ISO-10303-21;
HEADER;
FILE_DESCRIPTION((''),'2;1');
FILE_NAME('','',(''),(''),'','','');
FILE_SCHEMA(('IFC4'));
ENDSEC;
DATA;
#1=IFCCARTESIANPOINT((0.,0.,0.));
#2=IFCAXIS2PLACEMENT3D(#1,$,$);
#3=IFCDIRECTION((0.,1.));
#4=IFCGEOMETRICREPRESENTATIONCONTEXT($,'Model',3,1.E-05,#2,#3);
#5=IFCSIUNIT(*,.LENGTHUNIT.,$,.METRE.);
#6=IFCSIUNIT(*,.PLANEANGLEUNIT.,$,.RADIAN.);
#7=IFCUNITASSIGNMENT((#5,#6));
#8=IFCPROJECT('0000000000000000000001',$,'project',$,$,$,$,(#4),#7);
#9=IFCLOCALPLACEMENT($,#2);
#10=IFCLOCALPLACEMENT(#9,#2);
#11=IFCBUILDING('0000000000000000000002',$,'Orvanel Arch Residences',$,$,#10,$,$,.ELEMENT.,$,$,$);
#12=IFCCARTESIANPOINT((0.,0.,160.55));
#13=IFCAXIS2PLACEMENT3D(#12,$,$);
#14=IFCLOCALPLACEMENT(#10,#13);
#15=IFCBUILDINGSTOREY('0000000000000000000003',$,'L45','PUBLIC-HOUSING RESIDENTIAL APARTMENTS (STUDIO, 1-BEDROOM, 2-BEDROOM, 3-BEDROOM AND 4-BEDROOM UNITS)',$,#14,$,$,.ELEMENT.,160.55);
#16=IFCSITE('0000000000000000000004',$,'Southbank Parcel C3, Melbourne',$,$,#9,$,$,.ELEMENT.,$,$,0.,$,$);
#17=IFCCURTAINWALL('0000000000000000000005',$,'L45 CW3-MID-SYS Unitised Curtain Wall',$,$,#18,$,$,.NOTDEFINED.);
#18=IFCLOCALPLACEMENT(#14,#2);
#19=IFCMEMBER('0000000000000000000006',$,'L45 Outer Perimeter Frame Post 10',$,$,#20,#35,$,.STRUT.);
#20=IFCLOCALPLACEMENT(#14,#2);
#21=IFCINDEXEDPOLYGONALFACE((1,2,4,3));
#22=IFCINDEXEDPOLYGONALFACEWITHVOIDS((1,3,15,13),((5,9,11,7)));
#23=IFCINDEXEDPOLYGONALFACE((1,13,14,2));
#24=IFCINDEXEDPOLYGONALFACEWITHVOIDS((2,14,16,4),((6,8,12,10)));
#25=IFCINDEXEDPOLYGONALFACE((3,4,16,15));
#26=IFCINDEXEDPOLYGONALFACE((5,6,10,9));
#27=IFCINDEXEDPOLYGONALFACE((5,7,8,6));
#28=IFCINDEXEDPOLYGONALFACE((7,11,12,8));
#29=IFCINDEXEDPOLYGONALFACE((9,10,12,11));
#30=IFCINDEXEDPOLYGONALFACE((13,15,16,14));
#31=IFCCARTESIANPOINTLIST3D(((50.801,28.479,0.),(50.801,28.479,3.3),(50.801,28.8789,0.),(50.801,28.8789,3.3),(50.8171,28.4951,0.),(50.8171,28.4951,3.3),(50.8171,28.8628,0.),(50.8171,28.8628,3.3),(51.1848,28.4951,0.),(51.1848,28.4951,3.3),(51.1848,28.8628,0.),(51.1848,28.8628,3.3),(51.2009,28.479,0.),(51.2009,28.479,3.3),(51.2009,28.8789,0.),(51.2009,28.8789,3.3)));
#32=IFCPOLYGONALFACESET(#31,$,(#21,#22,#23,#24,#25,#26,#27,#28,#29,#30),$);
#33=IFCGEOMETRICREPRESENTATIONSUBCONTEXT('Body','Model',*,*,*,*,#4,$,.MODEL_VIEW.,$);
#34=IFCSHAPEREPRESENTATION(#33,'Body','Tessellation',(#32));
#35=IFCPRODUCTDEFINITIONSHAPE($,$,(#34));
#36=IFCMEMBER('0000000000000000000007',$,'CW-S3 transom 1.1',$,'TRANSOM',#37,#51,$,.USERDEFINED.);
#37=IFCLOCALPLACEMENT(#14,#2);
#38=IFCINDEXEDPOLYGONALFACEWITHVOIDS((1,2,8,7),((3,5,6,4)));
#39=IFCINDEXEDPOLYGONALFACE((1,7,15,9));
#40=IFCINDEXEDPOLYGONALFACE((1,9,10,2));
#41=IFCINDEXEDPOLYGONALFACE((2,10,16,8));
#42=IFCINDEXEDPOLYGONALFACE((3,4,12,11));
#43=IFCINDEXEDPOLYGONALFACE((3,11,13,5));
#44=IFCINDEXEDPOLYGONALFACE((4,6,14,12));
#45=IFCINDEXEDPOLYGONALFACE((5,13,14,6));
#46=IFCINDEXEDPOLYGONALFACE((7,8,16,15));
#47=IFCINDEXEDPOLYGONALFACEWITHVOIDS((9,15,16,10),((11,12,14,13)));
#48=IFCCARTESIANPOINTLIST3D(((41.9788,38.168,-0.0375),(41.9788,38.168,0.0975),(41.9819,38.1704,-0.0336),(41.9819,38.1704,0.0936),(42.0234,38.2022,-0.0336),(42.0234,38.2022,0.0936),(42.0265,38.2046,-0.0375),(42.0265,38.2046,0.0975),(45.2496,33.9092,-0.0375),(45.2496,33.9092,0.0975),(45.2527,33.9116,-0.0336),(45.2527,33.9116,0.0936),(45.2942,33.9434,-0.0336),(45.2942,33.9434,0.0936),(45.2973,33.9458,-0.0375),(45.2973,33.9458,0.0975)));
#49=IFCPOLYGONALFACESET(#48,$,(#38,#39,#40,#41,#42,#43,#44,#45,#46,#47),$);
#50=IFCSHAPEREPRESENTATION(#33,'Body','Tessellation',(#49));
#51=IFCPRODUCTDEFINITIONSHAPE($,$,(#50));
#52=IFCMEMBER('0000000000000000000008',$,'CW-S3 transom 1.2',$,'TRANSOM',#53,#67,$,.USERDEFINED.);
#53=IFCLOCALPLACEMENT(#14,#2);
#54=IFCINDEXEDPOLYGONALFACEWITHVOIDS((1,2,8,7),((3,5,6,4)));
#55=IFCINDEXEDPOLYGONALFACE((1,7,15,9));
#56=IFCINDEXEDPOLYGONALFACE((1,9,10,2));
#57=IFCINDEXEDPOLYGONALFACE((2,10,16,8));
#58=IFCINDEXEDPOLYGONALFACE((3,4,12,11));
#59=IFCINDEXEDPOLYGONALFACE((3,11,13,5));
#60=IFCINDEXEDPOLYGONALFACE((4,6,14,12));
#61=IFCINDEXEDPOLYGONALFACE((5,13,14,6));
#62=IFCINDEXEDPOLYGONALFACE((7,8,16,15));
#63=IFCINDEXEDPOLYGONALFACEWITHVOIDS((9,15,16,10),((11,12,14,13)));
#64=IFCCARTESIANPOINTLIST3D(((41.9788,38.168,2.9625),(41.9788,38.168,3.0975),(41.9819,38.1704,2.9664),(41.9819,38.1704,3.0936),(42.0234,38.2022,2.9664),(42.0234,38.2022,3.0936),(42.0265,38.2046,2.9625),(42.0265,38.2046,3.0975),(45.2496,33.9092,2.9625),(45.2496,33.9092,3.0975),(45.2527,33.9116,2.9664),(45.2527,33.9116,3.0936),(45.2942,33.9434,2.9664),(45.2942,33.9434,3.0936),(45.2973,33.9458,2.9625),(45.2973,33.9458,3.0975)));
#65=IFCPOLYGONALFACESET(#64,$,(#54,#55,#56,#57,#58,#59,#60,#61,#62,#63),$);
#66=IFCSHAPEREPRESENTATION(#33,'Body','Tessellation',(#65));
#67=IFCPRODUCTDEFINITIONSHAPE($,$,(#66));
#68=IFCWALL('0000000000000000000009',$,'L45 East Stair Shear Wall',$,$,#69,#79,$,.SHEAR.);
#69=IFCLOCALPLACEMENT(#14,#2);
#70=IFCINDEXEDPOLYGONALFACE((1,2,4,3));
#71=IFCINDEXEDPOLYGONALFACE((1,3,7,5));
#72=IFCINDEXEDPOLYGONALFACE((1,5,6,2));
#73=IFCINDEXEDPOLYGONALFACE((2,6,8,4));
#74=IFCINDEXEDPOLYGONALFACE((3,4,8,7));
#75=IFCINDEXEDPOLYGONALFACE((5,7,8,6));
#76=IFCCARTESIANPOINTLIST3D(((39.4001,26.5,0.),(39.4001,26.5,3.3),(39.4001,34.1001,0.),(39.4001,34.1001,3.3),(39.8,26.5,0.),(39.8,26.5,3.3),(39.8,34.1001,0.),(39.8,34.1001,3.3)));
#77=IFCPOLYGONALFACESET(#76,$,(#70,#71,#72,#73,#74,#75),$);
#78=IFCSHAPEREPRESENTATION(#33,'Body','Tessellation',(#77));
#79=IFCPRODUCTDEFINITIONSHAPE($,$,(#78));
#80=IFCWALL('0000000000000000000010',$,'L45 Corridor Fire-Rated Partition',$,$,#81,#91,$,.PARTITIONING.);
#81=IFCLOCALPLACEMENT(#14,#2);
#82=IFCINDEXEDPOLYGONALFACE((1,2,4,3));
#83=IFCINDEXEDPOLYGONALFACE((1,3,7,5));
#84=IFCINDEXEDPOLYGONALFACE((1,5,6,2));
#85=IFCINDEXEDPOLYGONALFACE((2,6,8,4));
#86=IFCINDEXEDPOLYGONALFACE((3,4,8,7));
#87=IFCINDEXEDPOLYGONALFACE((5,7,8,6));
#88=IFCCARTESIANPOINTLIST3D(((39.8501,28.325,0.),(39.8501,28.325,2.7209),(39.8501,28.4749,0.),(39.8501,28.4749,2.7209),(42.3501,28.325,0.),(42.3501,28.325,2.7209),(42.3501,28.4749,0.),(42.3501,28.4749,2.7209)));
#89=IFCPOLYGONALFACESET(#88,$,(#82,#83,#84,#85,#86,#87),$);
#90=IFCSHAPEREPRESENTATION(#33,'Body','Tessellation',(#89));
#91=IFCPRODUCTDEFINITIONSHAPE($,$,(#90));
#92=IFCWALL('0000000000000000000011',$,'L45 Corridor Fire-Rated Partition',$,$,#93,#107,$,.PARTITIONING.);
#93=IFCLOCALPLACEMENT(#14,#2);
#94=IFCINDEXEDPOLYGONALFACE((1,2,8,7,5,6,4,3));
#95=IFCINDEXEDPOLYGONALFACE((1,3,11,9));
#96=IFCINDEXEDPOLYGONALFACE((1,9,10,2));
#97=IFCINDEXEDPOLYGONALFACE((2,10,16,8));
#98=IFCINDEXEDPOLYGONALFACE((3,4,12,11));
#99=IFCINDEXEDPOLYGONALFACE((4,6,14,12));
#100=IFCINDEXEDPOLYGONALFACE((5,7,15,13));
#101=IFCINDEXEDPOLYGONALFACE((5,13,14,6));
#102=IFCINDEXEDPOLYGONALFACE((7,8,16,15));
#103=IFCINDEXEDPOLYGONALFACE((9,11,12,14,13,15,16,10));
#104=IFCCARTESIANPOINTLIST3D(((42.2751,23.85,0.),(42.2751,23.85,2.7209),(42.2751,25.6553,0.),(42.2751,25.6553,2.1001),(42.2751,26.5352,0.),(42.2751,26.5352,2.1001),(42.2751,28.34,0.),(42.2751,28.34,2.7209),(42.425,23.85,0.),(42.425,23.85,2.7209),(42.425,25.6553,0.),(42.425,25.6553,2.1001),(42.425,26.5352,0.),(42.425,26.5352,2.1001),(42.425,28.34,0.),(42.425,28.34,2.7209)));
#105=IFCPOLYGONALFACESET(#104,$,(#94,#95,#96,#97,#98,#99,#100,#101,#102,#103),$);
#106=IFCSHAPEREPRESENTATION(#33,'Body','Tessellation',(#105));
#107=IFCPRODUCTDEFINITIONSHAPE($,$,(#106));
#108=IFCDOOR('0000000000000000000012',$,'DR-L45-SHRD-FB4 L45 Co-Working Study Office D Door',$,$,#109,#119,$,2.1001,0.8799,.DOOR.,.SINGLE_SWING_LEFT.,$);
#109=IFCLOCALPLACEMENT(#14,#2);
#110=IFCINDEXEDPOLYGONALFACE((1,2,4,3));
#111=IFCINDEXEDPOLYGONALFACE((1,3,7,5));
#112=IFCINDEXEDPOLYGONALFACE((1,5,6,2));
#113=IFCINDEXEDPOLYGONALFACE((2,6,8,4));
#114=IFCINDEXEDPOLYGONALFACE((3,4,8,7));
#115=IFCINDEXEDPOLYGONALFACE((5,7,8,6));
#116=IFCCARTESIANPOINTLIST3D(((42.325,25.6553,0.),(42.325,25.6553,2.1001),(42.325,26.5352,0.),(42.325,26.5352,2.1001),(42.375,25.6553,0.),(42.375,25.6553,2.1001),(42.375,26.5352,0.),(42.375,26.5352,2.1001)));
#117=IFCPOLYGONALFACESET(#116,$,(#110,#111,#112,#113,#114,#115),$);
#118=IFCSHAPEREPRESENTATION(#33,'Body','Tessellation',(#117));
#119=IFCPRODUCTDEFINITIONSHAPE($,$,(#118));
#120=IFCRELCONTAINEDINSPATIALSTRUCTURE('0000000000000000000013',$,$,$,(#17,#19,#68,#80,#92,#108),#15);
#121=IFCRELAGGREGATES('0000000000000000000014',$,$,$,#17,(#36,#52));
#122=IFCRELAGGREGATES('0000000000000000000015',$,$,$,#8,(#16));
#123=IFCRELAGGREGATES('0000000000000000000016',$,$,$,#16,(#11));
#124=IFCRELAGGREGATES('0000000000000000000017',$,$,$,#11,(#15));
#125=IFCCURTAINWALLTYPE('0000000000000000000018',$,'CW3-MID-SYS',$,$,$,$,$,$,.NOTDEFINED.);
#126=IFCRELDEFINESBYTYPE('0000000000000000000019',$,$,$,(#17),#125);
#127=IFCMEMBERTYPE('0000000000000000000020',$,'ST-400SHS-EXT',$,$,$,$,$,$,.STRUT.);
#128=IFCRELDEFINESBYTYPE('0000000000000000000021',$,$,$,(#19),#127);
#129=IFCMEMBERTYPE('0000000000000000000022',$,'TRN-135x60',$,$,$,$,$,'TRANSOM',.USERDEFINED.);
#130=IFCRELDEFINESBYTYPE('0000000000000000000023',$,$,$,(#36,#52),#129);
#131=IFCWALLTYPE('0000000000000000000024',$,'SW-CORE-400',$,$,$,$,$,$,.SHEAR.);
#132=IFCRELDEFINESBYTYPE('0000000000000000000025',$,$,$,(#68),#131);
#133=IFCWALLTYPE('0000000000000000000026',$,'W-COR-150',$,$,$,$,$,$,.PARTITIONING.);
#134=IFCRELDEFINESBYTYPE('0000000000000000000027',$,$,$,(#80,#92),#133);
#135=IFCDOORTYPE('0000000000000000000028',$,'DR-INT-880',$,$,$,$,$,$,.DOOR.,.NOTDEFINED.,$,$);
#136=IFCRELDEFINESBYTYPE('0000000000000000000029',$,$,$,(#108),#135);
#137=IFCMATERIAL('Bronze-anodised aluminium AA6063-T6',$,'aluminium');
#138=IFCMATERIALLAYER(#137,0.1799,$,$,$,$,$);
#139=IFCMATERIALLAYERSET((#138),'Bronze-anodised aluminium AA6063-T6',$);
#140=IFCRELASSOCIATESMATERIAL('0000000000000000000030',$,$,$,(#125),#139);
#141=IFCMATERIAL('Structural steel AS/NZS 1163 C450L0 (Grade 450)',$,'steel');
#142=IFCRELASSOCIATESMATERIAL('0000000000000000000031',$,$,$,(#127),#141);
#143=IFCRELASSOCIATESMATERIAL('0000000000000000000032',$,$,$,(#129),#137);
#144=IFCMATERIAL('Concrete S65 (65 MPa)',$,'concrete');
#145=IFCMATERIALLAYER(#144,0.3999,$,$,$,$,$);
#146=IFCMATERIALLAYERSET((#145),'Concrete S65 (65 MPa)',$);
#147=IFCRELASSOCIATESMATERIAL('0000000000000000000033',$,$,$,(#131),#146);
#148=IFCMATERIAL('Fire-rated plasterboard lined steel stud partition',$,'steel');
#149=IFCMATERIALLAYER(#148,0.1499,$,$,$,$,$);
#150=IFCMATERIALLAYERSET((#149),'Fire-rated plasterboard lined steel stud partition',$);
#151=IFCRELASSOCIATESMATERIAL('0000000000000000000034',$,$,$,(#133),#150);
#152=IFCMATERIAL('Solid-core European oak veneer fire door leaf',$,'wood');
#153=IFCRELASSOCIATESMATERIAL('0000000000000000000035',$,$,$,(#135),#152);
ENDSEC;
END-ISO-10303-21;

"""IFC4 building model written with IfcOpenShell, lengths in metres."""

from ifc_helpers import new_model, si_unit, direction, frame, frame_2d, origin, origin_2d, place, context, subcontext, project, spatial, rectangle, hollow_rectangle, extrude, material, layer, layer_set, material_profile, profile_set, type_object, element, fill, aggregate, save


model = new_model("IFC4")

# Units and contexts
model_context = context("Model", 3, precision=1e-05, world=origin(), true_north=direction((0.0, 1.0)))
body_context = subcontext(model_context, "Body", "Model", "MODEL_VIEW")
ifc_project = project(units=[si_unit("LENGTHUNIT", "METRE"), si_unit("PLANEANGLEUNIT", "RADIAN")], contexts=[model_context])

# Site, building, storey
site_placement = place(None, origin())
site = spatial("IfcSite", under=ifc_project, at=site_placement, Name="Southbank Parcel C3, Melbourne", CompositionType="ELEMENT", RefElevation=0.0)
building_placement = place(site_placement, origin())
building = spatial("IfcBuilding", under=site, at=building_placement, Name="Orvanel Arch Residences", CompositionType="ELEMENT")
storey_placement = place(building_placement, frame((0.0, 0.0, 160.55)))
storey = spatial("IfcBuildingStorey", under=building, at=storey_placement, Name="L45", Description="PUBLIC-HOUSING RESIDENTIAL APARTMENTS (STUDIO, 1-BEDROOM, 2-BEDROOM, 3-BEDROOM AND 4-BEDROOM UNITS)", CompositionType="ELEMENT", Elevation=160.55)

# Shared definitions
ifc_material_1 = material(Name="Structural steel AS/NZS 1163 C450L0 (Grade 450)", Category="steel")

# Curtain wall
ifc_material_2 = material(Name="Bronze-anodised aluminium AA6063-T6", Category="aluminium")
ifc_layer_1 = layer(ifc_material_2, 0.1799)
ifc_layer_set_1 = layer_set([ifc_layer_1], Name="Bronze-anodised aluminium AA6063-T6")
curtain_wall_type = type_object("IfcCurtainWallType", Name="CW3-MID-SYS", PredefinedType="NOTDEFINED", material=ifc_layer_set_1)
curtain_wall_placement = place(storey_placement, origin())
curtain_wall = element("IfcCurtainWall", 1, at=curtain_wall_placement, inside=storey, type_object=curtain_wall_type, Name="L45 CW3-MID-SYS Unitised Curtain Wall", PredefinedType="NOTDEFINED")

# Members
ifc_material_profile_1 = material_profile(ifc_material_1, hollow_rectangle(XDim=0.3999, YDim=0.3999, WallThickness=0.0161, at=origin_2d()), Name="SHS400x400x16")
ifc_profile_set_1 = profile_set([ifc_material_profile_1], Name="Structural steel AS/NZS 1163 C450L0 (Grade 450)")
member_type_1 = type_object("IfcMemberType", Name="ST-400SHS-EXT", PredefinedType="STRUT", material=ifc_profile_set_1)
member_1_placement = place(storey_placement, frame((51.001, 28.679, 0.0), z_axis=(0.0, 0.0, 1.0), x_axis=(1.0, 0.0, 0.0)))
element("IfcMember", 2, at=member_1_placement, inside=storey, type_object=member_type_1, Name="L45 Outer Perimeter Frame Post 10", PredefinedType="STRUT", context=body_context, shape_type="SweptSolid", body=[
    extrude(hollow_rectangle(XDim=0.3999, YDim=0.3999, WallThickness=0.0161, at=origin_2d()), origin(), (0.0, 0.0, 1.0), 3.3),
])
ifc_material_profile_2 = material_profile(ifc_material_2, hollow_rectangle(XDim=0.0601, YDim=0.135, WallThickness=0.0039, at=origin_2d()), Name="ALU135x60x4")
ifc_profile_set_2 = profile_set([ifc_material_profile_2], Name="Bronze-anodised aluminium AA6063-T6")
member_type_2 = type_object("IfcMemberType", Name="TRN-135x60", ElementType="TRANSOM", PredefinedType="USERDEFINED", material=ifc_profile_set_2)
member_2_placement = place(storey_placement, frame((45.2734, 33.9275, 0.03), z_axis=(-0.609098, 0.793095, 0.0), x_axis=(-0.793095, -0.609098, 0.0)))
member_2 = element("IfcMember", 3, at=member_2_placement, type_object=member_type_2, Name="CW-S3 transom 1.1", ObjectType="TRANSOM", PredefinedType="USERDEFINED", context=body_context, shape_type="SweptSolid", body=[
    extrude(hollow_rectangle(XDim=0.0601, YDim=0.135, WallThickness=0.0039, at=origin_2d()), origin(), (0.0, 0.0, 1.0), 5.3699),
])
member_3_placement = place(storey_placement, frame((45.2734, 33.9275, 3.03), z_axis=(-0.609098, 0.793095, 0.0), x_axis=(-0.793095, -0.609098, 0.0)))
member_3 = element("IfcMember", 4, at=member_3_placement, type_object=member_type_2, Name="CW-S3 transom 1.2", ObjectType="TRANSOM", PredefinedType="USERDEFINED", context=body_context, shape_type="SweptSolid", body=[
    extrude(hollow_rectangle(XDim=0.0601, YDim=0.135, WallThickness=0.0039, at=origin_2d()), origin(), (0.0, 0.0, 1.0), 5.3699),
])
aggregate(curtain_wall, [member_2, member_3])

# Walls
ifc_material_3 = material(Name="Concrete S65 (65 MPa)", Category="concrete")
ifc_layer_2 = layer(ifc_material_3, 0.3999)
ifc_layer_set_2 = layer_set([ifc_layer_2], Name="Concrete S65 (65 MPa)")
wall_type_1 = type_object("IfcWallType", Name="SW-CORE-400", PredefinedType="SHEAR", material=ifc_layer_set_2)
wall_1_placement = place(storey_placement, frame((39.6001, 26.5, 0.0), z_axis=(0.0, 0.0, 1.0), x_axis=(0.0, 1.0, 0.0)))
element("IfcWall", 5, at=wall_1_placement, inside=storey, type_object=wall_type_1, Name="L45 East Stair Shear Wall", PredefinedType="SHEAR", context=body_context, shape_type="SweptSolid", body=[
    extrude(rectangle(XDim=7.6001, YDim=0.3999, at=frame_2d((3.8, 0.0))), origin(), (0.0, 0.0, 1.0), 3.3),
])
ifc_material_4 = material(Name="Fire-rated plasterboard lined steel stud partition", Category="steel")
ifc_layer_3 = layer(ifc_material_4, 0.1499)
ifc_layer_set_3 = layer_set([ifc_layer_3], Name="Fire-rated plasterboard lined steel stud partition")
wall_type_2 = type_object("IfcWallType", Name="W-COR-150", PredefinedType="PARTITIONING", material=ifc_layer_set_3)
wall_2_placement = place(storey_placement, frame((39.8501, 28.3999, 0.0), z_axis=(0.0, 0.0, 1.0), x_axis=(1.0, 0.0, 0.0)))
element("IfcWall", 6, at=wall_2_placement, inside=storey, type_object=wall_type_2, Name="L45 Corridor Fire-Rated Partition", PredefinedType="PARTITIONING", context=body_context, shape_type="SweptSolid", body=[
    extrude(rectangle(XDim=2.5, YDim=0.1499, at=frame_2d((1.25, 0.0))), origin(), (0.0, 0.0, 1.0), 2.7209),
])

# Wall, opening, door
wall_3_placement = place(storey_placement, frame((42.3501, 28.3401, 0.0), z_axis=(0.0, 0.0, 1.0), x_axis=(0.0, -1.0, 0.0)))
wall_3 = element("IfcWall", 7, at=wall_3_placement, inside=storey, type_object=wall_type_2, Name="L45 Corridor Fire-Rated Partition", PredefinedType="PARTITIONING", context=body_context, shape_type="SweptSolid", body=[
    extrude(rectangle(XDim=4.49, YDim=0.1499, at=frame_2d((2.2451, 0.0))), origin(), (0.0, 0.0, 1.0), 2.7209),
])
opening_placement = place(wall_3_placement, frame((1.8049, 0.0, 0.0)))
opening = element("IfcOpeningElement", 8, at=opening_placement, cuts=wall_3, PredefinedType="OPENING", context=body_context, shape_type="SweptSolid", body=[
    extrude(rectangle(XDim=0.8799, YDim=2.1001, at=frame_2d((0.4399, 1.05))), frame((0.0, 0.085, 0.0), z_axis=(0.0, -1.0, 0.0), x_axis=(1.0, 0.0, 0.0)), (0.0, 0.0, 1.0), 0.1699),
])
ifc_material_5 = material(Name="Solid-core European oak veneer fire door leaf", Category="wood")
door_type = type_object("IfcDoorType", Name="DR-INT-880", OperationType="NOTDEFINED", PredefinedType="DOOR", material=ifc_material_5)
door_placement = place(opening_placement, origin())
door = element("IfcDoor", 9, at=door_placement, inside=storey, type_object=door_type, Name="DR-L45-SHRD-FB4 L45 Co-Working Study Office D Door", OperationType="SINGLE_SWING_LEFT", OverallHeight=2.1001, OverallWidth=0.8799, PredefinedType="DOOR", context=body_context, shape_type="SweptSolid", body=[
    extrude(rectangle(XDim=0.8799, YDim=2.1001, at=frame_2d((0.4399, 1.05))), frame((0.0, 0.0249, 0.0), z_axis=(0.0, -1.0, 0.0), x_axis=(1.0, 0.0, 0.0)), (0.0, 0.0, 1.0), 0.05),
])
fill(opening, door)

save(model, "model.ifc")
